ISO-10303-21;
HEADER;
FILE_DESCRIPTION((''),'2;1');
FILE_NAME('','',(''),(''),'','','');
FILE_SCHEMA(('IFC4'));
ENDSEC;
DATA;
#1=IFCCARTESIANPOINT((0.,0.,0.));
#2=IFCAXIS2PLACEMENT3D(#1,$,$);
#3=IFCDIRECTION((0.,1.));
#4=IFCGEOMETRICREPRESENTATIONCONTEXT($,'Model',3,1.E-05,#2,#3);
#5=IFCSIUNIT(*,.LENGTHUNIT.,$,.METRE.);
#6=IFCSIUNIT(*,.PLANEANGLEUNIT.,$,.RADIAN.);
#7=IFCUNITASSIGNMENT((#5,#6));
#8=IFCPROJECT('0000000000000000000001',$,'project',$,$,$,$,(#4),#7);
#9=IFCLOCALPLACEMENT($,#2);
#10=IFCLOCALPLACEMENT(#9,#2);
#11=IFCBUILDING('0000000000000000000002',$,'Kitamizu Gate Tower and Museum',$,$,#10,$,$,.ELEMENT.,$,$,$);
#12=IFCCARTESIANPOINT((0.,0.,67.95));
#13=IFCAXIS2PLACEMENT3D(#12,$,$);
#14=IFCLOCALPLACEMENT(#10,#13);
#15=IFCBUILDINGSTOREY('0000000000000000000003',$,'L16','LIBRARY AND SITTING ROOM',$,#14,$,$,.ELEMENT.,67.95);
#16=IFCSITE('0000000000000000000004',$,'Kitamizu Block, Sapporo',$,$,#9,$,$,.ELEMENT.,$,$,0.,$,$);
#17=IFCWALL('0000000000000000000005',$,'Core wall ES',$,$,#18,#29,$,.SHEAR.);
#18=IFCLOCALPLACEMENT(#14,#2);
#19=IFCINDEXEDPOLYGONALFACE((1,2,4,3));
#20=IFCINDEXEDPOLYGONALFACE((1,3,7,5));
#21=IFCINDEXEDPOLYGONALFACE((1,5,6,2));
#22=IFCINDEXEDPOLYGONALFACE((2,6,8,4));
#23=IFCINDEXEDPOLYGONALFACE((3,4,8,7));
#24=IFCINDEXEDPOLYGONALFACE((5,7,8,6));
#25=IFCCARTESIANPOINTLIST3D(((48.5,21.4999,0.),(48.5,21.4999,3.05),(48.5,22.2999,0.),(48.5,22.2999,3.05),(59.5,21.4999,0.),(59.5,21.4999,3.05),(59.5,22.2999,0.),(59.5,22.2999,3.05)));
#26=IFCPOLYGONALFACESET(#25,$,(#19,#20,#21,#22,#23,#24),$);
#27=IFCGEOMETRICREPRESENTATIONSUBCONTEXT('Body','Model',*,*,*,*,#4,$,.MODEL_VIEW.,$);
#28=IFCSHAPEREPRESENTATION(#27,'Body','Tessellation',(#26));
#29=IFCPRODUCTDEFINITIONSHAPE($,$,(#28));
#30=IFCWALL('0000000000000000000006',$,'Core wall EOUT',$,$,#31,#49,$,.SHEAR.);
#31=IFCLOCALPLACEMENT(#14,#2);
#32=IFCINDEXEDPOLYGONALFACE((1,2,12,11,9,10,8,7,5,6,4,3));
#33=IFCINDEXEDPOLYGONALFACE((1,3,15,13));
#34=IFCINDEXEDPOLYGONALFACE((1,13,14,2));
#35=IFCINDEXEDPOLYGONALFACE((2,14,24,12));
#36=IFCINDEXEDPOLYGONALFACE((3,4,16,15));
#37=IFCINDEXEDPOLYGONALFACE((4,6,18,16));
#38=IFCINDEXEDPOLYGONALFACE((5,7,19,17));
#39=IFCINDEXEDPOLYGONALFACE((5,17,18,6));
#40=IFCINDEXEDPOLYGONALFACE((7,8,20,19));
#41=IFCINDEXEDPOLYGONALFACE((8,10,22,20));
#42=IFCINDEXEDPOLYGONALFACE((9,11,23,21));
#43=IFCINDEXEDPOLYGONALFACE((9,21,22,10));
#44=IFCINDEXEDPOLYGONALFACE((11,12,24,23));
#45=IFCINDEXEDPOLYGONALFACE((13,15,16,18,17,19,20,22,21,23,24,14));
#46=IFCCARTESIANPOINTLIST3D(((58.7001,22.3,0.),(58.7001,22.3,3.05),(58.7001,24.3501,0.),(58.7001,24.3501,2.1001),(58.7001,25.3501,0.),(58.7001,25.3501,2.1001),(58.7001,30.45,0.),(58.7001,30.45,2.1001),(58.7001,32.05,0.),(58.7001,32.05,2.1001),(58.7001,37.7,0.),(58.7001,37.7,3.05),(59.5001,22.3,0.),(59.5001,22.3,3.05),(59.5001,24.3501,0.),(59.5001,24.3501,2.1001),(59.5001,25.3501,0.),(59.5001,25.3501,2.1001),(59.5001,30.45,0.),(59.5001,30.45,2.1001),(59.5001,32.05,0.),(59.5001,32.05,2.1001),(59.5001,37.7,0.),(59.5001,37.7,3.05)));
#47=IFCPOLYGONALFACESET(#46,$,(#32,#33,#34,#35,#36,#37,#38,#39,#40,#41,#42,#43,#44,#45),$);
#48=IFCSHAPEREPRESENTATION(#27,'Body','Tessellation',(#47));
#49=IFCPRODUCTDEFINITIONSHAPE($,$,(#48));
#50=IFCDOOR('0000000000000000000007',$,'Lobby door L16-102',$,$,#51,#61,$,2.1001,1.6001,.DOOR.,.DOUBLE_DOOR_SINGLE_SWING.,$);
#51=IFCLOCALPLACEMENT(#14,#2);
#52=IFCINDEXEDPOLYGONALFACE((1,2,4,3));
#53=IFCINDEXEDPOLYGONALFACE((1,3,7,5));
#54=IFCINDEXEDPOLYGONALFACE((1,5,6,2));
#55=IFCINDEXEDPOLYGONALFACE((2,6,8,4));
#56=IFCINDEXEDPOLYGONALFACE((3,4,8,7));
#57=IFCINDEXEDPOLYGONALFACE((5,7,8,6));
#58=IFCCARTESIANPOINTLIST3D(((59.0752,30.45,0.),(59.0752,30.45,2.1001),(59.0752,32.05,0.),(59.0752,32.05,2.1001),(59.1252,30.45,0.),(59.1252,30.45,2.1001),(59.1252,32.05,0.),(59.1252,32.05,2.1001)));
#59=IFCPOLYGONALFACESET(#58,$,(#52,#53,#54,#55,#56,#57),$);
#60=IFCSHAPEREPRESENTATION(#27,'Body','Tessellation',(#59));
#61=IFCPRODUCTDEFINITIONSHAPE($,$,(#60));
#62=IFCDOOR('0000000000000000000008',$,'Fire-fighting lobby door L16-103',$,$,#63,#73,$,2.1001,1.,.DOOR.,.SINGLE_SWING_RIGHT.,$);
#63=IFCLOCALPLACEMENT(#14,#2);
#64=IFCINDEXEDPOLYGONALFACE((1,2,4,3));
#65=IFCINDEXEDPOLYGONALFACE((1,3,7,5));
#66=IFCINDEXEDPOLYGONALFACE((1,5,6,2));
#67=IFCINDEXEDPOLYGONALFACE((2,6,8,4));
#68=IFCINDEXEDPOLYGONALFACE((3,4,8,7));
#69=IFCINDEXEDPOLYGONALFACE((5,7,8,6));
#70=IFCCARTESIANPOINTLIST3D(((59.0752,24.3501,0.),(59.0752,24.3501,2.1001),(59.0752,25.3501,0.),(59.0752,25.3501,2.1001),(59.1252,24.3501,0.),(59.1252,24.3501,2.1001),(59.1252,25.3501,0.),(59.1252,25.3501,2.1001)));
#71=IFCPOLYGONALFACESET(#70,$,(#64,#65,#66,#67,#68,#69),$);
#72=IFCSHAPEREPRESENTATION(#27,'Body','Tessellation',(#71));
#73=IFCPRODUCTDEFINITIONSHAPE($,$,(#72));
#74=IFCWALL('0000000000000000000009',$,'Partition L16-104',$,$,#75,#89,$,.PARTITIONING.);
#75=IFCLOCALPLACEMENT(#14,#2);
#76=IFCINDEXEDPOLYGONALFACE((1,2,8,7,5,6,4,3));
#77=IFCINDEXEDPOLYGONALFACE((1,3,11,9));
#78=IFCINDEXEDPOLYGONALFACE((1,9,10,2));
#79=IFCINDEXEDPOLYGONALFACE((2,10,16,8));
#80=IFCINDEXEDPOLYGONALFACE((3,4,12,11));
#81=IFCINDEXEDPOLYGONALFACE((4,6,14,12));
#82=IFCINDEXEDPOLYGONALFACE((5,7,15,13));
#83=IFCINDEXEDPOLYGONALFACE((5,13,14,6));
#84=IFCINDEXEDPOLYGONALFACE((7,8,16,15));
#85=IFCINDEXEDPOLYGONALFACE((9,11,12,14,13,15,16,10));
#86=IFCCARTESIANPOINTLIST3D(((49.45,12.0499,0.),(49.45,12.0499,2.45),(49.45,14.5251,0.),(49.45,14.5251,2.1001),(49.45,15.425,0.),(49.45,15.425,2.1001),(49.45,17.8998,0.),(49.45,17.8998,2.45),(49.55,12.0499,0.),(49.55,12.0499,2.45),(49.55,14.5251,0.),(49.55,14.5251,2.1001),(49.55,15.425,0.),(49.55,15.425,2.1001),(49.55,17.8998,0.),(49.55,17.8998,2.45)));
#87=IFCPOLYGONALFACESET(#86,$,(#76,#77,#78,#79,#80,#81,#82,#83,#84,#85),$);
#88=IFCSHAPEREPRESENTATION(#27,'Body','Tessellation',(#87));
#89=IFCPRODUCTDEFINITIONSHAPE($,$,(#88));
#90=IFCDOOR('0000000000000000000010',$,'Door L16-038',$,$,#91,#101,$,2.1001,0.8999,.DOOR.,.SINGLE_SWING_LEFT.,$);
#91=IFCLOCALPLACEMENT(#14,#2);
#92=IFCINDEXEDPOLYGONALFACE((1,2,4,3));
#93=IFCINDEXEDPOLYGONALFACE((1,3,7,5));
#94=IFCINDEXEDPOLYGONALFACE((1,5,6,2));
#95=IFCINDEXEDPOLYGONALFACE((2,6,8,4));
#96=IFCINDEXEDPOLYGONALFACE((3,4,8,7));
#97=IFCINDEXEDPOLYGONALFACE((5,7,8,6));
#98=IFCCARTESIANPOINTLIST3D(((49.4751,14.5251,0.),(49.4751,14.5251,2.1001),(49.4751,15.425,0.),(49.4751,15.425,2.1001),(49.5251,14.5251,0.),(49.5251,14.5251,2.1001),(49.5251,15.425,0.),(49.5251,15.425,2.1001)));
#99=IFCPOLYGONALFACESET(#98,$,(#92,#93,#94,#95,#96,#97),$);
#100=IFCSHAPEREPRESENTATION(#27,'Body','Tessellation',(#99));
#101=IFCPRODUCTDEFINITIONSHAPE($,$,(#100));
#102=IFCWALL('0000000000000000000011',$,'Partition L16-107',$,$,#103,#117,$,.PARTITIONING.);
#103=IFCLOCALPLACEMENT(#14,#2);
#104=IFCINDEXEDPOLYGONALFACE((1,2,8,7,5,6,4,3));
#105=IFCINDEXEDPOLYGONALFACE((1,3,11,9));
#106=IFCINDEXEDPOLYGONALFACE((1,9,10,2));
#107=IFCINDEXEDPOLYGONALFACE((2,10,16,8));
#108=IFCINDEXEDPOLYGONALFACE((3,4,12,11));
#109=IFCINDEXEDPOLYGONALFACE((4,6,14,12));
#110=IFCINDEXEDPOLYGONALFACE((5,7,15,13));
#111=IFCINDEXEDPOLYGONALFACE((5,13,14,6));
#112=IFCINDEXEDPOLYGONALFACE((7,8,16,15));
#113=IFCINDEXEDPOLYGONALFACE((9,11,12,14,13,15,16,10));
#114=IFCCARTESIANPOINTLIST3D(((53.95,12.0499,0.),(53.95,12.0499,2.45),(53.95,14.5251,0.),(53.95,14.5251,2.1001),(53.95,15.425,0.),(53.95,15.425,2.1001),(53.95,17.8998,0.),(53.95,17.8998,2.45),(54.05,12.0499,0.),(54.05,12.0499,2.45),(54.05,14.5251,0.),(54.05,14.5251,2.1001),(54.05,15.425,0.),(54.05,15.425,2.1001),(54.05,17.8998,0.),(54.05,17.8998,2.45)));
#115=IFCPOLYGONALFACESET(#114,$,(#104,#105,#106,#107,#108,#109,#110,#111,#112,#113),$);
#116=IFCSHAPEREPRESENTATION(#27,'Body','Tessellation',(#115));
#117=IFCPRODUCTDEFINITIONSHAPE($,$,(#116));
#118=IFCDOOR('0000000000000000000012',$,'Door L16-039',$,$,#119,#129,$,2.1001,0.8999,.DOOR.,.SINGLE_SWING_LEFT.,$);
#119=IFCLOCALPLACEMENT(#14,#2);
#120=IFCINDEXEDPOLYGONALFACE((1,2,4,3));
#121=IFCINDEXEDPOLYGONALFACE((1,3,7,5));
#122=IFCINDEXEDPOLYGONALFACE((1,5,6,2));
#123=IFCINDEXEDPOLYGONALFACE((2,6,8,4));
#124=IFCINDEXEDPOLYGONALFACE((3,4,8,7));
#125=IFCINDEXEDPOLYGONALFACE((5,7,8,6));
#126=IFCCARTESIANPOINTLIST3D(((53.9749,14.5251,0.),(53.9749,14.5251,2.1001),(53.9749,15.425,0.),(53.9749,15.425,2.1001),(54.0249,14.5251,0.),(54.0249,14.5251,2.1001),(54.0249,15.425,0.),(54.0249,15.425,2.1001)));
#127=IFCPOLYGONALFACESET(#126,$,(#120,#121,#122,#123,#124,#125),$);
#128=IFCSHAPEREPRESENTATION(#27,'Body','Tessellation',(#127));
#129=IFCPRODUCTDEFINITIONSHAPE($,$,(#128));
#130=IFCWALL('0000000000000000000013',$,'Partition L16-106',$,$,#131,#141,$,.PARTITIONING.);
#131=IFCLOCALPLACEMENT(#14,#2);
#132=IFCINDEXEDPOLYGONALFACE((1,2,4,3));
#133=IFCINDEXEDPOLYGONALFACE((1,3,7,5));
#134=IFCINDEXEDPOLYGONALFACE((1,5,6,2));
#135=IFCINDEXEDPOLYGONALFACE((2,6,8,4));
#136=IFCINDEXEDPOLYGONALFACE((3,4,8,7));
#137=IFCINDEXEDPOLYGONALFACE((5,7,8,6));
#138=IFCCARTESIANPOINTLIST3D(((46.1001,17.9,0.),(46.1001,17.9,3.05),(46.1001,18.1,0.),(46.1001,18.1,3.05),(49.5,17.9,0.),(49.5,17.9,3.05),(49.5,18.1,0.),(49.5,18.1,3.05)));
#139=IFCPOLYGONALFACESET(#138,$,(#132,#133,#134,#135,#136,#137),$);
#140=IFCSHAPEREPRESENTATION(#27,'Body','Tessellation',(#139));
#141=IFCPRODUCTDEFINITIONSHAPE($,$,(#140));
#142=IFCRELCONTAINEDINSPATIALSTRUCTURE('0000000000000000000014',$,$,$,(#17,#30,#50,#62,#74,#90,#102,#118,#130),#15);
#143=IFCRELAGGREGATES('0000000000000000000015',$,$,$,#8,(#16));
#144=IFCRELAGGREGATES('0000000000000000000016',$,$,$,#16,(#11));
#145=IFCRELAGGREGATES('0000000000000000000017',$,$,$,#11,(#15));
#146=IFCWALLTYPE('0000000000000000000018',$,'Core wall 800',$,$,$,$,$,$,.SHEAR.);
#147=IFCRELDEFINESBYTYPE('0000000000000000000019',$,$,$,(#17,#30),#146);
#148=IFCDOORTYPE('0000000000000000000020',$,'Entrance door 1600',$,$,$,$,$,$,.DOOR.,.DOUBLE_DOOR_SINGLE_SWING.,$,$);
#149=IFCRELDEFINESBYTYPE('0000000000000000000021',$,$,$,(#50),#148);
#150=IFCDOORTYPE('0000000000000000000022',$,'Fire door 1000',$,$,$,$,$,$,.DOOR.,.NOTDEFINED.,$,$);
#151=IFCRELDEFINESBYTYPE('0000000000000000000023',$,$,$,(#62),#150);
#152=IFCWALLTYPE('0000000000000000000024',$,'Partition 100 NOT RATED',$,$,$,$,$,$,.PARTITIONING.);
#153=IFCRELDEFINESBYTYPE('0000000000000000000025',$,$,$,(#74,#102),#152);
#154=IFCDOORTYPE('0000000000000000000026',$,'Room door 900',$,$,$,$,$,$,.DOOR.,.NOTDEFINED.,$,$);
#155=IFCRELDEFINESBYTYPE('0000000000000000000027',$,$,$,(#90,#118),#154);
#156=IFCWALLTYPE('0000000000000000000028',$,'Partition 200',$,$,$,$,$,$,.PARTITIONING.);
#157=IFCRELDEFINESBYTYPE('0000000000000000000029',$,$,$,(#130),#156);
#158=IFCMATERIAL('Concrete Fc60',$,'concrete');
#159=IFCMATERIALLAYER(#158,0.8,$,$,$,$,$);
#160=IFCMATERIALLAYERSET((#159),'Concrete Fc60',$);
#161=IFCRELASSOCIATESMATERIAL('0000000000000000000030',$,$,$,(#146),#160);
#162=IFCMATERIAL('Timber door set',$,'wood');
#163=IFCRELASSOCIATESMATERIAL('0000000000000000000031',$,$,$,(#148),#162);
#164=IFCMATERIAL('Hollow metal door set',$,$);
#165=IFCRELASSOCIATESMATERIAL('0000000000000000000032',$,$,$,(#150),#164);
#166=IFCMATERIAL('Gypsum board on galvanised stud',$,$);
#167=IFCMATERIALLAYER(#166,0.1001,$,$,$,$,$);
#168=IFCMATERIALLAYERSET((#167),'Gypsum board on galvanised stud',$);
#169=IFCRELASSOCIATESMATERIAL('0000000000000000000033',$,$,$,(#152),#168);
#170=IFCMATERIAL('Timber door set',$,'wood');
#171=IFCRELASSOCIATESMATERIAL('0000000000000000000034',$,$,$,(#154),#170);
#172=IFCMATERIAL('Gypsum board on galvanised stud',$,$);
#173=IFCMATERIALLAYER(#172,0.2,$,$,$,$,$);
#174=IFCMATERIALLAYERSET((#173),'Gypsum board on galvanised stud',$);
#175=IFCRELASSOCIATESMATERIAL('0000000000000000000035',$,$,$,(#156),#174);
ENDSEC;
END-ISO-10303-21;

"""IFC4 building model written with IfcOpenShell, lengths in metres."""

from ifc_helpers import new_model, si_unit, direction, frame, frame_2d, origin, place, context, subcontext, project, spatial, rectangle, extrude, material, layer, layer_set, type_object, element, fill, save


model = new_model("IFC4")

# Units and contexts
model_context = context("Model", 3, precision=1e-05, world=origin(), true_north=direction((0.0, 1.0)))
body_context = subcontext(model_context, "Body", "Model", "MODEL_VIEW")
ifc_project = project(units=[si_unit("LENGTHUNIT", "METRE"), si_unit("PLANEANGLEUNIT", "RADIAN")], contexts=[model_context])

# Site, building, storey
site_placement = place(None, origin())
site = spatial("IfcSite", under=ifc_project, at=site_placement, Name="Kitamizu Block, Sapporo", CompositionType="ELEMENT", RefElevation=0.0)
building_placement = place(site_placement, origin())
building = spatial("IfcBuilding", under=site, at=building_placement, Name="Kitamizu Gate Tower and Museum", CompositionType="ELEMENT")
storey_placement = place(building_placement, frame((0.0, 0.0, 67.95)))
storey = spatial("IfcBuildingStorey", under=building, at=storey_placement, Name="L16", Description="LIBRARY AND SITTING ROOM", CompositionType="ELEMENT", Elevation=67.95)

# Wall
ifc_material_1 = material(Name="Concrete Fc60", Category="concrete")
ifc_layer_1 = layer(ifc_material_1, 0.8)
ifc_layer_set_1 = layer_set([ifc_layer_1], Name="Concrete Fc60")
wall_type_1 = type_object("IfcWallType", Name="Core wall 800", PredefinedType="SHEAR", material=ifc_layer_set_1)
wall_1_placement = place(storey_placement, frame((59.5, 21.8999, 0.0), z_axis=(0.0, 0.0, 1.0), x_axis=(-1.0, 0.0, 0.0)))
element("IfcWall", 1, at=wall_1_placement, inside=storey, type_object=wall_type_1, Name="Core wall ES", PredefinedType="SHEAR", context=body_context, shape_type="SweptSolid", body=[
    extrude(rectangle(XDim=11.0, YDim=0.8, at=frame_2d((5.5, 0.0))), origin(), (0.0, 0.0, 1.0), 3.05),
])

# Wall, openings, doors
wall_2_placement = place(storey_placement, frame((59.1001, 22.3, 0.0), z_axis=(0.0, 0.0, 1.0), x_axis=(0.0, 1.0, 0.0)))
wall_2 = element("IfcWall", 2, at=wall_2_placement, inside=storey, type_object=wall_type_1, Name="Core wall EOUT", PredefinedType="SHEAR", context=body_context, shape_type="SweptSolid", body=[
    extrude(rectangle(XDim=15.3999, YDim=0.8, at=frame_2d((7.7, 0.0))), origin(), (0.0, 0.0, 1.0), 3.05),
])
opening_1_placement = place(wall_2_placement, frame((8.1499, 0.0, 0.0)))
opening_1 = element("IfcOpeningElement", 3, at=opening_1_placement, cuts=wall_2, PredefinedType="OPENING", context=body_context, shape_type="SweptSolid", body=[
    extrude(rectangle(XDim=1.6001, YDim=2.1001, at=frame_2d((0.8, 1.05))), frame((0.0, 0.4102, 0.0), z_axis=(0.0, -1.0, 0.0), x_axis=(1.0, 0.0, 0.0)), (0.0, 0.0, 1.0), 0.8201),
])
opening_2_placement = place(wall_2_placement, frame((2.05, 0.0, 0.0)))
opening_2 = element("IfcOpeningElement", 4, at=opening_2_placement, cuts=wall_2, PredefinedType="OPENING", context=body_context, shape_type="SweptSolid", body=[
    extrude(rectangle(XDim=1.0, YDim=2.1001, at=frame_2d((0.5, 1.05))), frame((0.0, 0.4102, 0.0), z_axis=(0.0, -1.0, 0.0), x_axis=(1.0, 0.0, 0.0)), (0.0, 0.0, 1.0), 0.8201),
])
ifc_material_2 = material(Name="Timber door set", Category="wood")
door_type_1 = type_object("IfcDoorType", Name="Entrance door 1600", OperationType="DOUBLE_DOOR_SINGLE_SWING", PredefinedType="DOOR", material=ifc_material_2)
door_1_placement = place(opening_1_placement, origin())
door_1 = element("IfcDoor", 5, at=door_1_placement, inside=storey, type_object=door_type_1, Name="Lobby door L16-102", OperationType="DOUBLE_DOOR_SINGLE_SWING", OverallHeight=2.1001, OverallWidth=1.6001, PredefinedType="DOOR", context=body_context, shape_type="SweptSolid", body=[
    extrude(rectangle(XDim=1.6001, YDim=2.1001, at=frame_2d((0.8, 1.05))), frame((0.0, 0.0249, 0.0), z_axis=(0.0, -1.0, 0.0), x_axis=(1.0, 0.0, 0.0)), (0.0, 0.0, 1.0), 0.05),
])
fill(opening_1, door_1)
ifc_material_3 = material(Name="Hollow metal door set")
door_type_2 = type_object("IfcDoorType", Name="Fire door 1000", OperationType="NOTDEFINED", PredefinedType="DOOR", material=ifc_material_3)
door_2_placement = place(opening_2_placement, origin())
door_2 = element("IfcDoor", 6, at=door_2_placement, inside=storey, type_object=door_type_2, Name="Fire-fighting lobby door L16-103", OperationType="SINGLE_SWING_RIGHT", OverallHeight=2.1001, OverallWidth=1.0, PredefinedType="DOOR", context=body_context, shape_type="SweptSolid", body=[
    extrude(rectangle(XDim=1.0, YDim=2.1001, at=frame_2d((0.5, 1.05))), frame((0.0, 0.0249, 0.0), z_axis=(0.0, -1.0, 0.0), x_axis=(1.0, 0.0, 0.0)), (0.0, 0.0, 1.0), 0.05),
])
fill(opening_2, door_2)

# Walls, openings, doors
ifc_material_4 = material(Name="Gypsum board on galvanised stud")
ifc_layer_2 = layer(ifc_material_4, 0.1001)
ifc_layer_set_2 = layer_set([ifc_layer_2], Name="Gypsum board on galvanised stud")
wall_type_2 = type_object("IfcWallType", Name="Partition 100 NOT RATED", PredefinedType="PARTITIONING", material=ifc_layer_set_2)
wall_3_placement = place(storey_placement, frame((49.5, 12.05, 0.0), z_axis=(0.0, 0.0, 1.0), x_axis=(0.0, 1.0, 0.0)))
wall_3 = element("IfcWall", 7, at=wall_3_placement, inside=storey, type_object=wall_type_2, Name="Partition L16-104", PredefinedType="PARTITIONING", context=body_context, shape_type="SweptSolid", body=[
    extrude(rectangle(XDim=5.8499, YDim=0.1001, at=frame_2d((2.9248, 0.0))), origin(), (0.0, 0.0, 1.0), 2.45),
])
opening_3_placement = place(wall_3_placement, frame((2.4751, 0.0, 0.0)))
opening_3 = element("IfcOpeningElement", 8, at=opening_3_placement, cuts=wall_3, PredefinedType="OPENING", context=body_context, shape_type="SweptSolid", body=[
    extrude(rectangle(XDim=0.8999, YDim=2.1001, at=frame_2d((0.45, 1.05))), frame((0.0, 0.0601, 0.0), z_axis=(0.0, -1.0, 0.0), x_axis=(1.0, 0.0, 0.0)), (0.0, 0.0, 1.0), 0.1201),
])
ifc_material_5 = material(Name="Timber door set", Category="wood")
door_type_3 = type_object("IfcDoorType", Name="Room door 900", OperationType="NOTDEFINED", PredefinedType="DOOR", material=ifc_material_5)
door_3_placement = place(opening_3_placement, origin())
door_3 = element("IfcDoor", 9, at=door_3_placement, inside=storey, type_object=door_type_3, Name="Door L16-038", OperationType="SINGLE_SWING_LEFT", OverallHeight=2.1001, OverallWidth=0.8999, PredefinedType="DOOR", context=body_context, shape_type="SweptSolid", body=[
    extrude(rectangle(XDim=0.8999, YDim=2.1001, at=frame_2d((0.45, 1.05))), frame((0.0, 0.0249, 0.0), z_axis=(0.0, -1.0, 0.0), x_axis=(1.0, 0.0, 0.0)), (0.0, 0.0, 1.0), 0.05),
])
fill(opening_3, door_3)
wall_4_placement = place(storey_placement, frame((54.0, 12.05, 0.0), z_axis=(0.0, 0.0, 1.0), x_axis=(0.0, 1.0, 0.0)))
wall_4 = element("IfcWall", 10, at=wall_4_placement, inside=storey, type_object=wall_type_2, Name="Partition L16-107", PredefinedType="PARTITIONING", context=body_context, shape_type="SweptSolid", body=[
    extrude(rectangle(XDim=5.8499, YDim=0.1001, at=frame_2d((2.9248, 0.0))), origin(), (0.0, 0.0, 1.0), 2.45),
])
opening_4_placement = place(wall_4_placement, frame((2.4751, 0.0, 0.0)))
opening_4 = element("IfcOpeningElement", 11, at=opening_4_placement, cuts=wall_4, PredefinedType="OPENING", context=body_context, shape_type="SweptSolid", body=[
    extrude(rectangle(XDim=0.8999, YDim=2.1001, at=frame_2d((0.45, 1.05))), frame((0.0, 0.0601, 0.0), z_axis=(0.0, -1.0, 0.0), x_axis=(1.0, 0.0, 0.0)), (0.0, 0.0, 1.0), 0.1201),
])
door_4_placement = place(opening_4_placement, frame((0.8999, 0.0, 0.0), x_axis=(-1.0, 0.0, 0.0)))
door_4 = element("IfcDoor", 12, at=door_4_placement, inside=storey, type_object=door_type_3, Name="Door L16-039", OperationType="SINGLE_SWING_LEFT", OverallHeight=2.1001, OverallWidth=0.8999, PredefinedType="DOOR", context=body_context, shape_type="SweptSolid", body=[
    extrude(rectangle(XDim=0.8999, YDim=2.1001, at=frame_2d((0.45, 1.05))), frame((0.0, 0.0249, 0.0), z_axis=(0.0, -1.0, 0.0), x_axis=(1.0, 0.0, 0.0)), (0.0, 0.0, 1.0), 0.05),
])
fill(opening_4, door_4)

# Wall
ifc_material_6 = material(Name="Gypsum board on galvanised stud")
ifc_layer_3 = layer(ifc_material_6, 0.2)
ifc_layer_set_3 = layer_set([ifc_layer_3], Name="Gypsum board on galvanised stud")
wall_type_3 = type_object("IfcWallType", Name="Partition 200", PredefinedType="PARTITIONING", material=ifc_layer_set_3)
wall_5_placement = place(storey_placement, frame((49.5, 18.0, 0.0), z_axis=(0.0, 0.0, 1.0), x_axis=(-1.0, 0.0, 0.0)))
element("IfcWall", 13, at=wall_5_placement, inside=storey, type_object=wall_type_3, Name="Partition L16-106", PredefinedType="PARTITIONING", context=body_context, shape_type="SweptSolid", body=[
    extrude(rectangle(XDim=3.3999, YDim=0.2, at=frame_2d((1.7, 0.0))), origin(), (0.0, 0.0, 1.0), 3.05),
])

save(model, "model.ifc")
